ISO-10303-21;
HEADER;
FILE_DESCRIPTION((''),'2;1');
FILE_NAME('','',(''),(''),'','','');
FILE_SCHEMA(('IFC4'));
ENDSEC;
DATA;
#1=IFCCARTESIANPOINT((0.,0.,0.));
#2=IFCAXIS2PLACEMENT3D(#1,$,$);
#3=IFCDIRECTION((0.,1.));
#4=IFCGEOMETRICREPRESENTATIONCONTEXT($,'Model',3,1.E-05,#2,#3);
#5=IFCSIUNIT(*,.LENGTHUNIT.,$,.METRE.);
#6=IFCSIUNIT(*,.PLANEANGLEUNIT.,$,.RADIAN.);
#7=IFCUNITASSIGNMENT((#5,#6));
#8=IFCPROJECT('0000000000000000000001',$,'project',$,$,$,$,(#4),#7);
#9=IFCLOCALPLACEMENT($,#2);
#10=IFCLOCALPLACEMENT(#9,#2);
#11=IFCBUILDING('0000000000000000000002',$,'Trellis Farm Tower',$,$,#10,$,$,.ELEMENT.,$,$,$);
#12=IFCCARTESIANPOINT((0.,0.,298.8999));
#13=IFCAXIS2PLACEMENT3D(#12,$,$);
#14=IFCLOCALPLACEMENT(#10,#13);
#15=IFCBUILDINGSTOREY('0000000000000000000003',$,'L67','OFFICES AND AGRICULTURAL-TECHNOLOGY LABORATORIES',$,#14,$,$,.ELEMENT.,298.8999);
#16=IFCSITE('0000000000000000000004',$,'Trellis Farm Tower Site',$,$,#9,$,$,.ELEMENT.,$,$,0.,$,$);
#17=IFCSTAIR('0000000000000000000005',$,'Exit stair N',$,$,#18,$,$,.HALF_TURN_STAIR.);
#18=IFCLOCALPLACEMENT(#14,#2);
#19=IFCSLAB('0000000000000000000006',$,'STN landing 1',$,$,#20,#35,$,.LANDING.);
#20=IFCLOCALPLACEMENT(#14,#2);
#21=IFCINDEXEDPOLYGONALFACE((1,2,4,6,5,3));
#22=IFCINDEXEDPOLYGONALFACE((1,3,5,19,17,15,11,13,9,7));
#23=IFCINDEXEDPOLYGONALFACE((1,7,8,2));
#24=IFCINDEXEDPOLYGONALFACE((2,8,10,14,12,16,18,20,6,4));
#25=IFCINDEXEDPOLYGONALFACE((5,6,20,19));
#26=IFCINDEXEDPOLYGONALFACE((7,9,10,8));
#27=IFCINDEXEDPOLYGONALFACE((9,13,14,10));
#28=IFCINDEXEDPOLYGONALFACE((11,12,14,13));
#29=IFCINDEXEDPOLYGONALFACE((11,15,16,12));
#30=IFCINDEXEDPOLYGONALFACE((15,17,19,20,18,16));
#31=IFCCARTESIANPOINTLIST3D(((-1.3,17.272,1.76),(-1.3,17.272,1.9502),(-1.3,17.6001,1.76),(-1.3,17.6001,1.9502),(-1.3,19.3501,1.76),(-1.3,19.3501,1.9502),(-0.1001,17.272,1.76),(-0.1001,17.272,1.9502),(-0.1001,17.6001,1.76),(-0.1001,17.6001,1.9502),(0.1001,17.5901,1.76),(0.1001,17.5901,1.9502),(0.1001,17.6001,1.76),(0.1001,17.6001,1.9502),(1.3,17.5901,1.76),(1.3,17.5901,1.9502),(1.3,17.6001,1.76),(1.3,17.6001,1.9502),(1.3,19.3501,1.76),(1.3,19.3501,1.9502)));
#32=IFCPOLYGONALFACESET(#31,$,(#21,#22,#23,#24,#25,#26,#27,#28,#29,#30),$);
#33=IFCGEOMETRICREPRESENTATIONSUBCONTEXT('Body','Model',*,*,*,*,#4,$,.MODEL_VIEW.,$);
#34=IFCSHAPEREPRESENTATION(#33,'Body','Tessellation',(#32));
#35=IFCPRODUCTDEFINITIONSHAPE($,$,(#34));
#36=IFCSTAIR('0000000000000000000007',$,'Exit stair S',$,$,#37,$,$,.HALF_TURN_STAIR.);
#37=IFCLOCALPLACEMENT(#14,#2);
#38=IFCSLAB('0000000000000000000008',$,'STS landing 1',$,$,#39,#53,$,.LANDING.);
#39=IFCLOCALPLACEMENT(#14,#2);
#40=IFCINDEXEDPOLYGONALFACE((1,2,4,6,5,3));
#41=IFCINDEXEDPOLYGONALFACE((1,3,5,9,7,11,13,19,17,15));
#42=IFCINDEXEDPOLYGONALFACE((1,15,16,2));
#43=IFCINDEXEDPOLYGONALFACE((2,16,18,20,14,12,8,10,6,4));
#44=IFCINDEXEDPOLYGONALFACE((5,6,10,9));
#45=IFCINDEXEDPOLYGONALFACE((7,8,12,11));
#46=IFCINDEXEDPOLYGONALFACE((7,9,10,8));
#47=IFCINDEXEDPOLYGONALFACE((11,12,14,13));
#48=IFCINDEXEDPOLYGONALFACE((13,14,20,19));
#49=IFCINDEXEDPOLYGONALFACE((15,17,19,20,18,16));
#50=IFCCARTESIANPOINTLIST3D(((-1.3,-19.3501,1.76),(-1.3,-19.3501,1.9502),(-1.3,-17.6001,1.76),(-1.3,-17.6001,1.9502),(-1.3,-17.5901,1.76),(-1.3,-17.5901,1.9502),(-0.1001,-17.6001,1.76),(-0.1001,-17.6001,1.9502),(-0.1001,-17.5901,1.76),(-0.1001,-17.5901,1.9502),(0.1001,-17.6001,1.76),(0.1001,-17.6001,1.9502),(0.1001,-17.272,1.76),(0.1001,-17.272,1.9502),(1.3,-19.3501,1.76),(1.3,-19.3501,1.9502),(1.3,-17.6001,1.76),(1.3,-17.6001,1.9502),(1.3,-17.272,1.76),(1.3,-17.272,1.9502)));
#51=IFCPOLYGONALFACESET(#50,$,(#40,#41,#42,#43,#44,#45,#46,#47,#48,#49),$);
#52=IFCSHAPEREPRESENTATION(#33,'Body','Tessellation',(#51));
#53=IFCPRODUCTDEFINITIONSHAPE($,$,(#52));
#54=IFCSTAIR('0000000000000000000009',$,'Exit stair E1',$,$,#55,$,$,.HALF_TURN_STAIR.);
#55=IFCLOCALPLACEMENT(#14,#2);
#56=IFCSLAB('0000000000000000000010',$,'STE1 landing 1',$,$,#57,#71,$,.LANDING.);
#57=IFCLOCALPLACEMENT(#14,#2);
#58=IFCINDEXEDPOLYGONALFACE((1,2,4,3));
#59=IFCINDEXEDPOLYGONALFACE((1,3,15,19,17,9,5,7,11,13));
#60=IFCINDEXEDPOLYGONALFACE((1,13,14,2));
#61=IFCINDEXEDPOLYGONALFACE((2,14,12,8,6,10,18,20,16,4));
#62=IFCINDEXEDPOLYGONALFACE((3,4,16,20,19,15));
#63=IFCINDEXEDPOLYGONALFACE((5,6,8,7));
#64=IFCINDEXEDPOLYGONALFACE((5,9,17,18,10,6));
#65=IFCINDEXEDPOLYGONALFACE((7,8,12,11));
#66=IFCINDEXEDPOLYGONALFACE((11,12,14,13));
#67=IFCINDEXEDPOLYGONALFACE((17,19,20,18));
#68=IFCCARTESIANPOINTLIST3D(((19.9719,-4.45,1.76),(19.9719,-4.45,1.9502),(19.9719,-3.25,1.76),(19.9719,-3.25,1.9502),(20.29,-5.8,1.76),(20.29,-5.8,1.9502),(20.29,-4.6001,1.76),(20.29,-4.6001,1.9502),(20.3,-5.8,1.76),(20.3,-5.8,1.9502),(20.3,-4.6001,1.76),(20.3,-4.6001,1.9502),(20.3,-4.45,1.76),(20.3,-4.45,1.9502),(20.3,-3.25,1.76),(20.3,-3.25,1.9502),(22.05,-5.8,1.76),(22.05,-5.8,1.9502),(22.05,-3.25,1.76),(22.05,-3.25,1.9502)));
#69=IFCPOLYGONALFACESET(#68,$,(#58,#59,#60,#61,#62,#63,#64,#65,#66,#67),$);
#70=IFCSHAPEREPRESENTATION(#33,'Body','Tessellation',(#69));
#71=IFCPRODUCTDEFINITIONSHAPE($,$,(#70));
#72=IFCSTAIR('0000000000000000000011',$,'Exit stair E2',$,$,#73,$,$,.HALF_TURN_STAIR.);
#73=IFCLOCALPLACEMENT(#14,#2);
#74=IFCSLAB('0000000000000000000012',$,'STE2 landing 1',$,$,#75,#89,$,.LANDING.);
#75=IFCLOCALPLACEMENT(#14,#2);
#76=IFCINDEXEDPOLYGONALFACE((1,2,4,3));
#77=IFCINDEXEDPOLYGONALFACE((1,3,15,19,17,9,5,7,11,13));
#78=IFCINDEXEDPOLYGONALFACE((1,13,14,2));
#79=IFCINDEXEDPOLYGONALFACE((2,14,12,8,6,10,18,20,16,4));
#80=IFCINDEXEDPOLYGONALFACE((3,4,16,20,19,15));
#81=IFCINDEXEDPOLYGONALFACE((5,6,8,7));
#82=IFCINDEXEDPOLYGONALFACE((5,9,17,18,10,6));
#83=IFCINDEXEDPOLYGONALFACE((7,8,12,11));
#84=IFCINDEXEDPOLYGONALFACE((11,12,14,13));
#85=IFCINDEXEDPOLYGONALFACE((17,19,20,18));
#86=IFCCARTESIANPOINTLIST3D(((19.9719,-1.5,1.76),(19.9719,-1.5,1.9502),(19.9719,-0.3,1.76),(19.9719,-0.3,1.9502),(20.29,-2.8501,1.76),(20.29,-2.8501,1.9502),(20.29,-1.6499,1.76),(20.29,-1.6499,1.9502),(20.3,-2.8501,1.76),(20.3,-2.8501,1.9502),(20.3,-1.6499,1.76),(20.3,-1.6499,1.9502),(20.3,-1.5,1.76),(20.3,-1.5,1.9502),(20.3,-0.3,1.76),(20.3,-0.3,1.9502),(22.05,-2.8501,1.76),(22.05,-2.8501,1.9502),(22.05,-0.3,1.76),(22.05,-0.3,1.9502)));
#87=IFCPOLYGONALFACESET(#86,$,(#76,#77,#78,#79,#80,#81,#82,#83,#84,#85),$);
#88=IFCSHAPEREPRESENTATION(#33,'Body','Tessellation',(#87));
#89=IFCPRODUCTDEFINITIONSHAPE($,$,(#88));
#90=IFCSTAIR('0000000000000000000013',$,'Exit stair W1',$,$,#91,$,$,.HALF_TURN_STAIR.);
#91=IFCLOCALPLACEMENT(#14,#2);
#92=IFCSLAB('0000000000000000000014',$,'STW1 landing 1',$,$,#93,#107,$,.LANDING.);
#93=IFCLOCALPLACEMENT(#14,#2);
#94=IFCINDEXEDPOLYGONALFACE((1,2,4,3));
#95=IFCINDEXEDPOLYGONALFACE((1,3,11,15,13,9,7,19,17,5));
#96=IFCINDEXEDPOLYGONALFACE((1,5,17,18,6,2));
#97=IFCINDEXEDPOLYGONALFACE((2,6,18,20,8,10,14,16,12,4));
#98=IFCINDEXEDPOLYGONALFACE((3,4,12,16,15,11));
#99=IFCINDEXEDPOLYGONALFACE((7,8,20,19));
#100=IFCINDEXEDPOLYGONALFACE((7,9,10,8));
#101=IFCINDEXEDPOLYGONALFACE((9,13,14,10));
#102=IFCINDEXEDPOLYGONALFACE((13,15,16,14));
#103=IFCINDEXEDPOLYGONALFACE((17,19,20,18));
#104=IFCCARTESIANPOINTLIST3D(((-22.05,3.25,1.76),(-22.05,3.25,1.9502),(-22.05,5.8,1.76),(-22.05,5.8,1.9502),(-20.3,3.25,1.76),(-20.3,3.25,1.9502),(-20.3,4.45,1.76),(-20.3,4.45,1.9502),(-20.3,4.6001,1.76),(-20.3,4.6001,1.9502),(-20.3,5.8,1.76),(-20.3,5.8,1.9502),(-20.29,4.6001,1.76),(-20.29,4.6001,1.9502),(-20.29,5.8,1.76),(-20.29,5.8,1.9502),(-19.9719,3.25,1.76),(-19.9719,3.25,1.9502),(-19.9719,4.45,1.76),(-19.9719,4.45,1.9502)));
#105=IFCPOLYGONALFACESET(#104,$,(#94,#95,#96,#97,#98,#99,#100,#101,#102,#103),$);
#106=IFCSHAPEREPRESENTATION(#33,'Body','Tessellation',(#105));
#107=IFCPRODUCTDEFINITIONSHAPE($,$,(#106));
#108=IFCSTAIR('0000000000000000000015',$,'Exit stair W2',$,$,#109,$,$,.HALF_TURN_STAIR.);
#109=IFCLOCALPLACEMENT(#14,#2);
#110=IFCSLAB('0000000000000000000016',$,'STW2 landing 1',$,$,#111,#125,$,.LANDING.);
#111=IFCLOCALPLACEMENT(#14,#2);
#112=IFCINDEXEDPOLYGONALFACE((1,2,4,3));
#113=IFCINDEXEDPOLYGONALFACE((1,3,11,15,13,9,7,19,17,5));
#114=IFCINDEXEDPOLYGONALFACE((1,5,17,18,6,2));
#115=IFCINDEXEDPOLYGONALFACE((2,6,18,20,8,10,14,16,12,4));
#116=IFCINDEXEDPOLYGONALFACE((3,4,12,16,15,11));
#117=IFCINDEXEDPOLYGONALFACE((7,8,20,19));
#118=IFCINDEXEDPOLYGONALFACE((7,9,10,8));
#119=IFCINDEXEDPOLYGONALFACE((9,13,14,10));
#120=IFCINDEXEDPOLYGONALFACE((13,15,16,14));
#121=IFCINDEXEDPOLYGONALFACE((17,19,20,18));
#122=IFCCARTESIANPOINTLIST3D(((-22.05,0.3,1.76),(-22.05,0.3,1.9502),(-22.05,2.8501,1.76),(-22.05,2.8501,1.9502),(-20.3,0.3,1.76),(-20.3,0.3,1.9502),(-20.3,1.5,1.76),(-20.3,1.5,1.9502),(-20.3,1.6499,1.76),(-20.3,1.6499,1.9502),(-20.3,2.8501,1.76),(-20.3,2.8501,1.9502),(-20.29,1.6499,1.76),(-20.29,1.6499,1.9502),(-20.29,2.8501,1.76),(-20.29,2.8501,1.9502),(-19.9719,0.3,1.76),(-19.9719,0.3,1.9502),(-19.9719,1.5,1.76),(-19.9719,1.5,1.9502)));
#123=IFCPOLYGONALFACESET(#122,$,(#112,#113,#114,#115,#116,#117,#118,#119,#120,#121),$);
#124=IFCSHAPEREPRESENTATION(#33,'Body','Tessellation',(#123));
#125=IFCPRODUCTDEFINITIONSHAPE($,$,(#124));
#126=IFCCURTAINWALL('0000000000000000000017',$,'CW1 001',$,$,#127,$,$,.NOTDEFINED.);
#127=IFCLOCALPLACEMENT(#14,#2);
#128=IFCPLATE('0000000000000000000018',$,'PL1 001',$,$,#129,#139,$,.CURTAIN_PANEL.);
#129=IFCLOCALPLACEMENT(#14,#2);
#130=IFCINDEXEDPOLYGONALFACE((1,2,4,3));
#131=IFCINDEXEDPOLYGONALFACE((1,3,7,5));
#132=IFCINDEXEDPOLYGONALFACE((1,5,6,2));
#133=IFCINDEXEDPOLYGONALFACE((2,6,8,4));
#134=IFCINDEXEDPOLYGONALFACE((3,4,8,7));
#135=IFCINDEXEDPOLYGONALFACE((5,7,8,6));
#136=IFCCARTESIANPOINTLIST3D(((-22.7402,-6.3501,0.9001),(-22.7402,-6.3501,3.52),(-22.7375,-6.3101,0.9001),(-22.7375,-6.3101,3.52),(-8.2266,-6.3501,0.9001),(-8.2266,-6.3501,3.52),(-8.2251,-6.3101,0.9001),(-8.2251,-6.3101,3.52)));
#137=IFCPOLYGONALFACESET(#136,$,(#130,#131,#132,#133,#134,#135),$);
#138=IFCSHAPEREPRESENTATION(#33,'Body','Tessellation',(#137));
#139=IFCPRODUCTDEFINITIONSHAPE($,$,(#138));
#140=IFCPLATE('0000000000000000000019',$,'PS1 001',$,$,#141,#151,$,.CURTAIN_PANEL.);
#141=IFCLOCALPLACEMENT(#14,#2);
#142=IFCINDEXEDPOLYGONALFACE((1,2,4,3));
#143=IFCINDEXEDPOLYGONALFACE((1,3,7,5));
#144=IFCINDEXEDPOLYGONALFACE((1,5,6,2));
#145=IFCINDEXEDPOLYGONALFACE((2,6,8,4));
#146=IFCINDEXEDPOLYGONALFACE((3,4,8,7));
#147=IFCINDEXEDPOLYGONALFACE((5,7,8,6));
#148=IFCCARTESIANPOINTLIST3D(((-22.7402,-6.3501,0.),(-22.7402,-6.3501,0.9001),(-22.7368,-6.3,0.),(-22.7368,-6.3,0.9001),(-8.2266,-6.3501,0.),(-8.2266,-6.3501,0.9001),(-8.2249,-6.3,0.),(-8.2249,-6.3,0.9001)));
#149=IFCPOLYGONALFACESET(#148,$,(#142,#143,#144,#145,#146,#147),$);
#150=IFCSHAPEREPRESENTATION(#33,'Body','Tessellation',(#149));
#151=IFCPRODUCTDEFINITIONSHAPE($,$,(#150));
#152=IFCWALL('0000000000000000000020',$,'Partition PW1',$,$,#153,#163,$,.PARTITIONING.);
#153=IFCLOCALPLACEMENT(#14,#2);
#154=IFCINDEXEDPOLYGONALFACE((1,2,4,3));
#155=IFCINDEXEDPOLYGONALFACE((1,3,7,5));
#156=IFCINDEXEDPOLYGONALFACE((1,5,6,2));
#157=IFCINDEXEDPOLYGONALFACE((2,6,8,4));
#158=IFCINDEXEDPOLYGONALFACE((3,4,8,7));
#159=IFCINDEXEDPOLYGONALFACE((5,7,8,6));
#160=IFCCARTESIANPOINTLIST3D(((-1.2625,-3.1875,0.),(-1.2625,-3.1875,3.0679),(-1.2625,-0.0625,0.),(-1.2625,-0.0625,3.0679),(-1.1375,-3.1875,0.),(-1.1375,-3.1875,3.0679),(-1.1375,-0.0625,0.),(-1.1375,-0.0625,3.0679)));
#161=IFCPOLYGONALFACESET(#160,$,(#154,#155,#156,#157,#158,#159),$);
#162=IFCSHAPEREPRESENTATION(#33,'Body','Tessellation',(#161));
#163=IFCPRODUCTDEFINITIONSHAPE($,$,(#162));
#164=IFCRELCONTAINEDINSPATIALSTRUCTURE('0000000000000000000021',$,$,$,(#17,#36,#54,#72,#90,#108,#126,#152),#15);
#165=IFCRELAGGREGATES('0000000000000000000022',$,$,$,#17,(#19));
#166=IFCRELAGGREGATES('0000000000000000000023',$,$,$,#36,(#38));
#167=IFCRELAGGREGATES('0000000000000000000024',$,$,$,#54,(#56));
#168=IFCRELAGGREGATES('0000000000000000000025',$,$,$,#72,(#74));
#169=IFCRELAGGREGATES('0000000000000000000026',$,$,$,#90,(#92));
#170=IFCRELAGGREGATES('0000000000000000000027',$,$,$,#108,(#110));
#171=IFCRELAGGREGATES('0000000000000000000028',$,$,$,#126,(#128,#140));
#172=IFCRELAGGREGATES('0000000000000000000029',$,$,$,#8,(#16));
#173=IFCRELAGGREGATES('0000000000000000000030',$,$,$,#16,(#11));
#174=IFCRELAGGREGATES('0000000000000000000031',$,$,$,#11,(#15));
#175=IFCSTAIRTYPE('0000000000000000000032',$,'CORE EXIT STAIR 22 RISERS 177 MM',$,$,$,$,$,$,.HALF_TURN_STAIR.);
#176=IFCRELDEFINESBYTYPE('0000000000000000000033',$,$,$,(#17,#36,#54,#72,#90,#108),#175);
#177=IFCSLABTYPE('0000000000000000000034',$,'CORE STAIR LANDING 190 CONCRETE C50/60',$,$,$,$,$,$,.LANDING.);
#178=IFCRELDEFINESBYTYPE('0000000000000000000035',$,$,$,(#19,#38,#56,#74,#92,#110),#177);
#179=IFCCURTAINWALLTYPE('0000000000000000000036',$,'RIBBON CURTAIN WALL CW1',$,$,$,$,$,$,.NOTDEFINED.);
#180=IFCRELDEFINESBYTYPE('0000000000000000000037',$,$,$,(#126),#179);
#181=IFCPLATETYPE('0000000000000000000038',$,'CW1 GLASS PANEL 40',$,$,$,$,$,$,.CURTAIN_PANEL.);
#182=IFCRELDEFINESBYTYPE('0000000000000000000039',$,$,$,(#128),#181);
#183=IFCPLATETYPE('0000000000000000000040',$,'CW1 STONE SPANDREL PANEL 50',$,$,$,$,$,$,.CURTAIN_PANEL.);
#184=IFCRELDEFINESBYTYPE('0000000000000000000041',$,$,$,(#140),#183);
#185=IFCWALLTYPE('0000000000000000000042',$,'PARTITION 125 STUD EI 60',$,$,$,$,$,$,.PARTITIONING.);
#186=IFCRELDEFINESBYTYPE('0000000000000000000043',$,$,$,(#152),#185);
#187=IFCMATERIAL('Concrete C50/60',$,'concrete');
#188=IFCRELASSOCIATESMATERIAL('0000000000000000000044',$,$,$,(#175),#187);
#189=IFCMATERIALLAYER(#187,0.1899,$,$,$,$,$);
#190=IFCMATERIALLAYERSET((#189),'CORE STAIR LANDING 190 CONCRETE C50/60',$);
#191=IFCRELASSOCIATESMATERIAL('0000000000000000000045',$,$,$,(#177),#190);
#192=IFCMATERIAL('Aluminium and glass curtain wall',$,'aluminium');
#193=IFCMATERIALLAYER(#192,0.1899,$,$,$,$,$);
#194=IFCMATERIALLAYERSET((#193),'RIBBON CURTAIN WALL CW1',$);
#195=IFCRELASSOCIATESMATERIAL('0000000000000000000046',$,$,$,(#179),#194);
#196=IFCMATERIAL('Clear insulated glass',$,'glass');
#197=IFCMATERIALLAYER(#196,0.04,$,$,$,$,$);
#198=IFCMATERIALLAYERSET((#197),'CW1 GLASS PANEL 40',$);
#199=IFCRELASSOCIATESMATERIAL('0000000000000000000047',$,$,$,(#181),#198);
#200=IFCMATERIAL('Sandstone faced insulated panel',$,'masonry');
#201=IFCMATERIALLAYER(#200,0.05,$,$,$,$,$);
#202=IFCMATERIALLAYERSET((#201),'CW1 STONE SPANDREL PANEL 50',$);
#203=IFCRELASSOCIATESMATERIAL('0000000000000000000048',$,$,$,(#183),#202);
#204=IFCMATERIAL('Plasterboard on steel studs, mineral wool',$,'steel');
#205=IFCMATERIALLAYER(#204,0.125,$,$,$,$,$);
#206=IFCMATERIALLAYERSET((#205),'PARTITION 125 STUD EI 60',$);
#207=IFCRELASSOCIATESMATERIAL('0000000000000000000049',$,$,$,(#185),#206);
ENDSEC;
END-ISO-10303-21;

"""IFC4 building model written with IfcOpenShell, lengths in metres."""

from ifc_helpers import new_model, si_unit, direction, frame, frame_2d, origin, place, context, subcontext, project, spatial, polyline, rectangle, outline, extrude, source, transform, mapped, material, layer, layer_set, type_object, element, aggregate, save


model = new_model("IFC4")

# Units and contexts
model_context = context("Model", 3, precision=1e-05, world=origin(), true_north=direction((0.0, 1.0)))
body_context = subcontext(model_context, "Body", "Model", "MODEL_VIEW")
ifc_project = project(units=[si_unit("LENGTHUNIT", "METRE"), si_unit("PLANEANGLEUNIT", "RADIAN")], contexts=[model_context])

# Site, building, storey
site_placement = place(None, origin())
site = spatial("IfcSite", under=ifc_project, at=site_placement, Name="Trellis Farm Tower Site", CompositionType="ELEMENT", RefElevation=0.0)
building_placement = place(site_placement, origin())
building = spatial("IfcBuilding", under=site, at=building_placement, Name="Trellis Farm Tower", CompositionType="ELEMENT")
storey_placement = place(building_placement, frame((0.0, 0.0, 298.8999)))
storey = spatial("IfcBuildingStorey", under=building, at=storey_placement, Name="L67", Description="OFFICES AND AGRICULTURAL-TECHNOLOGY LABORATORIES", CompositionType="ELEMENT", Elevation=298.8999)

# Stairs, slabs
ifc_material_1 = material(Name="Concrete C50/60", Category="concrete")
stair_type = type_object("IfcStairType", Name="CORE EXIT STAIR 22 RISERS 177 MM", PredefinedType="HALF_TURN_STAIR", material=ifc_material_1)
placement_1 = place(storey_placement, origin())
stair_1 = element("IfcStair", 1, at=placement_1, inside=storey, type_object=stair_type, Name="Exit stair N", PredefinedType="HALF_TURN_STAIR")
ifc_layer_1 = layer(ifc_material_1, 0.1899)
ifc_layer_set_1 = layer_set([ifc_layer_1], Name="CORE STAIR LANDING 190 CONCRETE C50/60")
slab_type_1 = type_object("IfcSlabType", Name="CORE STAIR LANDING 190 CONCRETE C50/60", PredefinedType="LANDING", material=ifc_layer_set_1)
shared_shape_1 = source(origin(), body_context, "Body", "SweptSolid", [
    extrude(outline(polyline([(-0.1001, 17.272), (-1.3, 17.272), (-1.3, 17.6001), (-1.3, 19.3501), (1.3, 19.3501), (1.3, 17.6001), (1.3, 17.5901), (0.1001, 17.5901), (0.1001, 17.6001), (-0.1001, 17.6001), (-0.1001, 17.272)])), origin(), (0.0, 0.0, 1.0), 0.1902),
])
placement_2 = place(storey_placement, frame((0.0, 0.0, 1.76)))
slab_1 = element("IfcSlab", 2, at=placement_2, type_object=slab_type_1, Name="STN landing 1", PredefinedType="LANDING", context=body_context, shape_type="MappedRepresentation", body=[
    mapped(shared_shape_1, transform((0.0, 0.0, 0.0))),
])
aggregate(stair_1, [slab_1])
stair_2 = element("IfcStair", 3, at=placement_1, inside=storey, type_object=stair_type, Name="Exit stair S", PredefinedType="HALF_TURN_STAIR")
shared_shape_2 = source(origin(), body_context, "Body", "SweptSolid", [
    extrude(outline(polyline([(1.3, -19.3501), (-1.3, -19.3501), (-1.3, -17.6001), (-1.3, -17.5901), (-0.1001, -17.5901), (-0.1001, -17.6001), (0.1001, -17.6001), (0.1001, -17.272), (1.3, -17.272), (1.3, -17.6001), (1.3, -19.3501)])), origin(), (0.0, 0.0, 1.0), 0.1902),
])
slab_2 = element("IfcSlab", 4, at=placement_2, type_object=slab_type_1, Name="STS landing 1", PredefinedType="LANDING", context=body_context, shape_type="MappedRepresentation", body=[
    mapped(shared_shape_2, transform((0.0, 0.0, 0.0))),
])
aggregate(stair_2, [slab_2])
stair_3 = element("IfcStair", 5, at=placement_1, inside=storey, type_object=stair_type, Name="Exit stair E1", PredefinedType="HALF_TURN_STAIR")
shared_shape_3 = source(origin(), body_context, "Body", "SweptSolid", [
    extrude(outline(polyline([(20.29, -5.8), (20.29, -4.6001), (20.3, -4.6001), (20.3, -4.45), (19.9719, -4.45), (19.9719, -3.25), (20.3, -3.25), (22.05, -3.25), (22.05, -5.8), (20.3, -5.8), (20.29, -5.8)])), origin(), (0.0, 0.0, 1.0), 0.1902),
])
slab_3 = element("IfcSlab", 6, at=placement_2, type_object=slab_type_1, Name="STE1 landing 1", PredefinedType="LANDING", context=body_context, shape_type="MappedRepresentation", body=[
    mapped(shared_shape_3, transform((0.0, 0.0, 0.0))),
])
aggregate(stair_3, [slab_3])
stair_4 = element("IfcStair", 7, at=placement_1, inside=storey, type_object=stair_type, Name="Exit stair E2", PredefinedType="HALF_TURN_STAIR")
shared_shape_4 = source(origin(), body_context, "Body", "SweptSolid", [
    extrude(outline(polyline([(20.29, -2.8501), (20.29, -1.6499), (20.3, -1.6499), (20.3, -1.5), (19.9719, -1.5), (19.9719, -0.3), (20.3, -0.3), (22.05, -0.3), (22.05, -2.8501), (20.3, -2.8501), (20.29, -2.8501)])), origin(), (0.0, 0.0, 1.0), 0.1902),
])
slab_4 = element("IfcSlab", 8, at=placement_2, type_object=slab_type_1, Name="STE2 landing 1", PredefinedType="LANDING", context=body_context, shape_type="MappedRepresentation", body=[
    mapped(shared_shape_4, transform((0.0, 0.0, 0.0))),
])
aggregate(stair_4, [slab_4])
stair_5 = element("IfcStair", 9, at=placement_1, inside=storey, type_object=stair_type, Name="Exit stair W1", PredefinedType="HALF_TURN_STAIR")
shared_shape_5 = source(origin(), body_context, "Body", "SweptSolid", [
    extrude(outline(polyline([(-19.9719, 4.45), (-19.9719, 3.25), (-20.3, 3.25), (-22.05, 3.25), (-22.05, 5.8), (-20.3, 5.8), (-20.29, 5.8), (-20.29, 4.6001), (-20.3, 4.6001), (-20.3, 4.45), (-19.9719, 4.45)])), origin(), (0.0, 0.0, 1.0), 0.1902),
])
slab_5 = element("IfcSlab", 10, at=placement_2, type_object=slab_type_1, Name="STW1 landing 1", PredefinedType="LANDING", context=body_context, shape_type="MappedRepresentation", body=[
    mapped(shared_shape_5, transform((0.0, 0.0, 0.0))),
])
aggregate(stair_5, [slab_5])
stair_6 = element("IfcStair", 11, at=placement_1, inside=storey, type_object=stair_type, Name="Exit stair W2", PredefinedType="HALF_TURN_STAIR")
shared_shape_6 = source(origin(), body_context, "Body", "SweptSolid", [
    extrude(outline(polyline([(-19.9719, 1.5), (-19.9719, 0.3), (-20.3, 0.3), (-22.05, 0.3), (-22.05, 2.8501), (-20.3, 2.8501), (-20.29, 2.8501), (-20.29, 1.6499), (-20.3, 1.6499), (-20.3, 1.5), (-19.9719, 1.5)])), origin(), (0.0, 0.0, 1.0), 0.1902),
])
slab_6 = element("IfcSlab", 12, at=placement_2, type_object=slab_type_1, Name="STW2 landing 1", PredefinedType="LANDING", context=body_context, shape_type="MappedRepresentation", body=[
    mapped(shared_shape_6, transform((0.0, 0.0, 0.0))),
])
aggregate(stair_6, [slab_6])

# Curtain wall, plates
ifc_material_2 = material(Name="Aluminium and glass curtain wall", Category="aluminium")
ifc_layer_2 = layer(ifc_material_2, 0.1899)
ifc_layer_set_2 = layer_set([ifc_layer_2], Name="RIBBON CURTAIN WALL CW1")
curtain_wall_type = type_object("IfcCurtainWallType", Name="RIBBON CURTAIN WALL CW1", PredefinedType="NOTDEFINED", material=ifc_layer_set_2)
curtain_wall = element("IfcCurtainWall", 13, at=placement_1, inside=storey, type_object=curtain_wall_type, Name="CW1 001", PredefinedType="NOTDEFINED")
ifc_material_3 = material(Name="Clear insulated glass", Category="glass")
ifc_layer_3 = layer(ifc_material_3, 0.04)
ifc_layer_set_3 = layer_set([ifc_layer_3], Name="CW1 GLASS PANEL 40")
plate_type_1 = type_object("IfcPlateType", Name="CW1 GLASS PANEL 40", PredefinedType="CURTAIN_PANEL", material=ifc_layer_set_3)
shared_shape_7 = source(origin(), body_context, "Body", "SweptSolid", [
    extrude(outline(polyline([(-22.7402, -6.3501), (-8.2266, -6.3501), (-8.2251, -6.3101), (-22.7375, -6.3101), (-22.7402, -6.3501)])), origin(), (0.0, 0.0, 1.0), 2.6199),
])
plate_1_placement = place(storey_placement, frame((0.0, 0.0, 0.9001)))
plate_1 = element("IfcPlate", 14, at=plate_1_placement, type_object=plate_type_1, Name="PL1 001", PredefinedType="CURTAIN_PANEL", context=body_context, shape_type="MappedRepresentation", body=[
    mapped(shared_shape_7, transform((0.0, 0.0, 0.0))),
])
ifc_material_4 = material(Name="Sandstone faced insulated panel", Category="masonry")
ifc_layer_4 = layer(ifc_material_4, 0.05)
ifc_layer_set_4 = layer_set([ifc_layer_4], Name="CW1 STONE SPANDREL PANEL 50")
plate_type_2 = type_object("IfcPlateType", Name="CW1 STONE SPANDREL PANEL 50", PredefinedType="CURTAIN_PANEL", material=ifc_layer_set_4)
shared_shape_8 = source(origin(), body_context, "Body", "SweptSolid", [
    extrude(outline(polyline([(-22.7402, -6.3501), (-8.2266, -6.3501), (-8.2249, -6.3), (-22.7368, -6.3), (-22.7402, -6.3501)])), origin(), (0.0, 0.0, 1.0), 0.9001),
])
plate_2 = element("IfcPlate", 15, at=placement_1, type_object=plate_type_2, Name="PS1 001", PredefinedType="CURTAIN_PANEL", context=body_context, shape_type="MappedRepresentation", body=[
    mapped(shared_shape_8, transform((0.0, 0.0, 0.0))),
])
aggregate(curtain_wall, [plate_1, plate_2])

# Wall
ifc_material_5 = material(Name="Plasterboard on steel studs, mineral wool", Category="steel")
ifc_layer_5 = layer(ifc_material_5, 0.125)
ifc_layer_set_5 = layer_set([ifc_layer_5], Name="PARTITION 125 STUD EI 60")
wall_type = type_object("IfcWallType", Name="PARTITION 125 STUD EI 60", PredefinedType="PARTITIONING", material=ifc_layer_set_5)
shared_shape_9 = source(origin(), body_context, "Body", "SweptSolid", [
    extrude(rectangle(XDim=3.125, YDim=0.125, at=frame_2d((1.5625, 0.0))), origin(), (0.0, 0.0, 1.0), 3.0679),
])
wall_1_placement = place(storey_placement, frame((-1.2, -0.0625, 0.0), z_axis=(0.0, 0.0, 1.0), x_axis=(0.0, -1.0, 0.0)))
element("IfcWall", 16, at=wall_1_placement, inside=storey, type_object=wall_type, Name="Partition PW1", PredefinedType="PARTITIONING", context=body_context, shape_type="MappedRepresentation", body=[
    mapped(shared_shape_9, transform((0.0, 0.0, 0.0))),
])

save(model, "model.ifc")
